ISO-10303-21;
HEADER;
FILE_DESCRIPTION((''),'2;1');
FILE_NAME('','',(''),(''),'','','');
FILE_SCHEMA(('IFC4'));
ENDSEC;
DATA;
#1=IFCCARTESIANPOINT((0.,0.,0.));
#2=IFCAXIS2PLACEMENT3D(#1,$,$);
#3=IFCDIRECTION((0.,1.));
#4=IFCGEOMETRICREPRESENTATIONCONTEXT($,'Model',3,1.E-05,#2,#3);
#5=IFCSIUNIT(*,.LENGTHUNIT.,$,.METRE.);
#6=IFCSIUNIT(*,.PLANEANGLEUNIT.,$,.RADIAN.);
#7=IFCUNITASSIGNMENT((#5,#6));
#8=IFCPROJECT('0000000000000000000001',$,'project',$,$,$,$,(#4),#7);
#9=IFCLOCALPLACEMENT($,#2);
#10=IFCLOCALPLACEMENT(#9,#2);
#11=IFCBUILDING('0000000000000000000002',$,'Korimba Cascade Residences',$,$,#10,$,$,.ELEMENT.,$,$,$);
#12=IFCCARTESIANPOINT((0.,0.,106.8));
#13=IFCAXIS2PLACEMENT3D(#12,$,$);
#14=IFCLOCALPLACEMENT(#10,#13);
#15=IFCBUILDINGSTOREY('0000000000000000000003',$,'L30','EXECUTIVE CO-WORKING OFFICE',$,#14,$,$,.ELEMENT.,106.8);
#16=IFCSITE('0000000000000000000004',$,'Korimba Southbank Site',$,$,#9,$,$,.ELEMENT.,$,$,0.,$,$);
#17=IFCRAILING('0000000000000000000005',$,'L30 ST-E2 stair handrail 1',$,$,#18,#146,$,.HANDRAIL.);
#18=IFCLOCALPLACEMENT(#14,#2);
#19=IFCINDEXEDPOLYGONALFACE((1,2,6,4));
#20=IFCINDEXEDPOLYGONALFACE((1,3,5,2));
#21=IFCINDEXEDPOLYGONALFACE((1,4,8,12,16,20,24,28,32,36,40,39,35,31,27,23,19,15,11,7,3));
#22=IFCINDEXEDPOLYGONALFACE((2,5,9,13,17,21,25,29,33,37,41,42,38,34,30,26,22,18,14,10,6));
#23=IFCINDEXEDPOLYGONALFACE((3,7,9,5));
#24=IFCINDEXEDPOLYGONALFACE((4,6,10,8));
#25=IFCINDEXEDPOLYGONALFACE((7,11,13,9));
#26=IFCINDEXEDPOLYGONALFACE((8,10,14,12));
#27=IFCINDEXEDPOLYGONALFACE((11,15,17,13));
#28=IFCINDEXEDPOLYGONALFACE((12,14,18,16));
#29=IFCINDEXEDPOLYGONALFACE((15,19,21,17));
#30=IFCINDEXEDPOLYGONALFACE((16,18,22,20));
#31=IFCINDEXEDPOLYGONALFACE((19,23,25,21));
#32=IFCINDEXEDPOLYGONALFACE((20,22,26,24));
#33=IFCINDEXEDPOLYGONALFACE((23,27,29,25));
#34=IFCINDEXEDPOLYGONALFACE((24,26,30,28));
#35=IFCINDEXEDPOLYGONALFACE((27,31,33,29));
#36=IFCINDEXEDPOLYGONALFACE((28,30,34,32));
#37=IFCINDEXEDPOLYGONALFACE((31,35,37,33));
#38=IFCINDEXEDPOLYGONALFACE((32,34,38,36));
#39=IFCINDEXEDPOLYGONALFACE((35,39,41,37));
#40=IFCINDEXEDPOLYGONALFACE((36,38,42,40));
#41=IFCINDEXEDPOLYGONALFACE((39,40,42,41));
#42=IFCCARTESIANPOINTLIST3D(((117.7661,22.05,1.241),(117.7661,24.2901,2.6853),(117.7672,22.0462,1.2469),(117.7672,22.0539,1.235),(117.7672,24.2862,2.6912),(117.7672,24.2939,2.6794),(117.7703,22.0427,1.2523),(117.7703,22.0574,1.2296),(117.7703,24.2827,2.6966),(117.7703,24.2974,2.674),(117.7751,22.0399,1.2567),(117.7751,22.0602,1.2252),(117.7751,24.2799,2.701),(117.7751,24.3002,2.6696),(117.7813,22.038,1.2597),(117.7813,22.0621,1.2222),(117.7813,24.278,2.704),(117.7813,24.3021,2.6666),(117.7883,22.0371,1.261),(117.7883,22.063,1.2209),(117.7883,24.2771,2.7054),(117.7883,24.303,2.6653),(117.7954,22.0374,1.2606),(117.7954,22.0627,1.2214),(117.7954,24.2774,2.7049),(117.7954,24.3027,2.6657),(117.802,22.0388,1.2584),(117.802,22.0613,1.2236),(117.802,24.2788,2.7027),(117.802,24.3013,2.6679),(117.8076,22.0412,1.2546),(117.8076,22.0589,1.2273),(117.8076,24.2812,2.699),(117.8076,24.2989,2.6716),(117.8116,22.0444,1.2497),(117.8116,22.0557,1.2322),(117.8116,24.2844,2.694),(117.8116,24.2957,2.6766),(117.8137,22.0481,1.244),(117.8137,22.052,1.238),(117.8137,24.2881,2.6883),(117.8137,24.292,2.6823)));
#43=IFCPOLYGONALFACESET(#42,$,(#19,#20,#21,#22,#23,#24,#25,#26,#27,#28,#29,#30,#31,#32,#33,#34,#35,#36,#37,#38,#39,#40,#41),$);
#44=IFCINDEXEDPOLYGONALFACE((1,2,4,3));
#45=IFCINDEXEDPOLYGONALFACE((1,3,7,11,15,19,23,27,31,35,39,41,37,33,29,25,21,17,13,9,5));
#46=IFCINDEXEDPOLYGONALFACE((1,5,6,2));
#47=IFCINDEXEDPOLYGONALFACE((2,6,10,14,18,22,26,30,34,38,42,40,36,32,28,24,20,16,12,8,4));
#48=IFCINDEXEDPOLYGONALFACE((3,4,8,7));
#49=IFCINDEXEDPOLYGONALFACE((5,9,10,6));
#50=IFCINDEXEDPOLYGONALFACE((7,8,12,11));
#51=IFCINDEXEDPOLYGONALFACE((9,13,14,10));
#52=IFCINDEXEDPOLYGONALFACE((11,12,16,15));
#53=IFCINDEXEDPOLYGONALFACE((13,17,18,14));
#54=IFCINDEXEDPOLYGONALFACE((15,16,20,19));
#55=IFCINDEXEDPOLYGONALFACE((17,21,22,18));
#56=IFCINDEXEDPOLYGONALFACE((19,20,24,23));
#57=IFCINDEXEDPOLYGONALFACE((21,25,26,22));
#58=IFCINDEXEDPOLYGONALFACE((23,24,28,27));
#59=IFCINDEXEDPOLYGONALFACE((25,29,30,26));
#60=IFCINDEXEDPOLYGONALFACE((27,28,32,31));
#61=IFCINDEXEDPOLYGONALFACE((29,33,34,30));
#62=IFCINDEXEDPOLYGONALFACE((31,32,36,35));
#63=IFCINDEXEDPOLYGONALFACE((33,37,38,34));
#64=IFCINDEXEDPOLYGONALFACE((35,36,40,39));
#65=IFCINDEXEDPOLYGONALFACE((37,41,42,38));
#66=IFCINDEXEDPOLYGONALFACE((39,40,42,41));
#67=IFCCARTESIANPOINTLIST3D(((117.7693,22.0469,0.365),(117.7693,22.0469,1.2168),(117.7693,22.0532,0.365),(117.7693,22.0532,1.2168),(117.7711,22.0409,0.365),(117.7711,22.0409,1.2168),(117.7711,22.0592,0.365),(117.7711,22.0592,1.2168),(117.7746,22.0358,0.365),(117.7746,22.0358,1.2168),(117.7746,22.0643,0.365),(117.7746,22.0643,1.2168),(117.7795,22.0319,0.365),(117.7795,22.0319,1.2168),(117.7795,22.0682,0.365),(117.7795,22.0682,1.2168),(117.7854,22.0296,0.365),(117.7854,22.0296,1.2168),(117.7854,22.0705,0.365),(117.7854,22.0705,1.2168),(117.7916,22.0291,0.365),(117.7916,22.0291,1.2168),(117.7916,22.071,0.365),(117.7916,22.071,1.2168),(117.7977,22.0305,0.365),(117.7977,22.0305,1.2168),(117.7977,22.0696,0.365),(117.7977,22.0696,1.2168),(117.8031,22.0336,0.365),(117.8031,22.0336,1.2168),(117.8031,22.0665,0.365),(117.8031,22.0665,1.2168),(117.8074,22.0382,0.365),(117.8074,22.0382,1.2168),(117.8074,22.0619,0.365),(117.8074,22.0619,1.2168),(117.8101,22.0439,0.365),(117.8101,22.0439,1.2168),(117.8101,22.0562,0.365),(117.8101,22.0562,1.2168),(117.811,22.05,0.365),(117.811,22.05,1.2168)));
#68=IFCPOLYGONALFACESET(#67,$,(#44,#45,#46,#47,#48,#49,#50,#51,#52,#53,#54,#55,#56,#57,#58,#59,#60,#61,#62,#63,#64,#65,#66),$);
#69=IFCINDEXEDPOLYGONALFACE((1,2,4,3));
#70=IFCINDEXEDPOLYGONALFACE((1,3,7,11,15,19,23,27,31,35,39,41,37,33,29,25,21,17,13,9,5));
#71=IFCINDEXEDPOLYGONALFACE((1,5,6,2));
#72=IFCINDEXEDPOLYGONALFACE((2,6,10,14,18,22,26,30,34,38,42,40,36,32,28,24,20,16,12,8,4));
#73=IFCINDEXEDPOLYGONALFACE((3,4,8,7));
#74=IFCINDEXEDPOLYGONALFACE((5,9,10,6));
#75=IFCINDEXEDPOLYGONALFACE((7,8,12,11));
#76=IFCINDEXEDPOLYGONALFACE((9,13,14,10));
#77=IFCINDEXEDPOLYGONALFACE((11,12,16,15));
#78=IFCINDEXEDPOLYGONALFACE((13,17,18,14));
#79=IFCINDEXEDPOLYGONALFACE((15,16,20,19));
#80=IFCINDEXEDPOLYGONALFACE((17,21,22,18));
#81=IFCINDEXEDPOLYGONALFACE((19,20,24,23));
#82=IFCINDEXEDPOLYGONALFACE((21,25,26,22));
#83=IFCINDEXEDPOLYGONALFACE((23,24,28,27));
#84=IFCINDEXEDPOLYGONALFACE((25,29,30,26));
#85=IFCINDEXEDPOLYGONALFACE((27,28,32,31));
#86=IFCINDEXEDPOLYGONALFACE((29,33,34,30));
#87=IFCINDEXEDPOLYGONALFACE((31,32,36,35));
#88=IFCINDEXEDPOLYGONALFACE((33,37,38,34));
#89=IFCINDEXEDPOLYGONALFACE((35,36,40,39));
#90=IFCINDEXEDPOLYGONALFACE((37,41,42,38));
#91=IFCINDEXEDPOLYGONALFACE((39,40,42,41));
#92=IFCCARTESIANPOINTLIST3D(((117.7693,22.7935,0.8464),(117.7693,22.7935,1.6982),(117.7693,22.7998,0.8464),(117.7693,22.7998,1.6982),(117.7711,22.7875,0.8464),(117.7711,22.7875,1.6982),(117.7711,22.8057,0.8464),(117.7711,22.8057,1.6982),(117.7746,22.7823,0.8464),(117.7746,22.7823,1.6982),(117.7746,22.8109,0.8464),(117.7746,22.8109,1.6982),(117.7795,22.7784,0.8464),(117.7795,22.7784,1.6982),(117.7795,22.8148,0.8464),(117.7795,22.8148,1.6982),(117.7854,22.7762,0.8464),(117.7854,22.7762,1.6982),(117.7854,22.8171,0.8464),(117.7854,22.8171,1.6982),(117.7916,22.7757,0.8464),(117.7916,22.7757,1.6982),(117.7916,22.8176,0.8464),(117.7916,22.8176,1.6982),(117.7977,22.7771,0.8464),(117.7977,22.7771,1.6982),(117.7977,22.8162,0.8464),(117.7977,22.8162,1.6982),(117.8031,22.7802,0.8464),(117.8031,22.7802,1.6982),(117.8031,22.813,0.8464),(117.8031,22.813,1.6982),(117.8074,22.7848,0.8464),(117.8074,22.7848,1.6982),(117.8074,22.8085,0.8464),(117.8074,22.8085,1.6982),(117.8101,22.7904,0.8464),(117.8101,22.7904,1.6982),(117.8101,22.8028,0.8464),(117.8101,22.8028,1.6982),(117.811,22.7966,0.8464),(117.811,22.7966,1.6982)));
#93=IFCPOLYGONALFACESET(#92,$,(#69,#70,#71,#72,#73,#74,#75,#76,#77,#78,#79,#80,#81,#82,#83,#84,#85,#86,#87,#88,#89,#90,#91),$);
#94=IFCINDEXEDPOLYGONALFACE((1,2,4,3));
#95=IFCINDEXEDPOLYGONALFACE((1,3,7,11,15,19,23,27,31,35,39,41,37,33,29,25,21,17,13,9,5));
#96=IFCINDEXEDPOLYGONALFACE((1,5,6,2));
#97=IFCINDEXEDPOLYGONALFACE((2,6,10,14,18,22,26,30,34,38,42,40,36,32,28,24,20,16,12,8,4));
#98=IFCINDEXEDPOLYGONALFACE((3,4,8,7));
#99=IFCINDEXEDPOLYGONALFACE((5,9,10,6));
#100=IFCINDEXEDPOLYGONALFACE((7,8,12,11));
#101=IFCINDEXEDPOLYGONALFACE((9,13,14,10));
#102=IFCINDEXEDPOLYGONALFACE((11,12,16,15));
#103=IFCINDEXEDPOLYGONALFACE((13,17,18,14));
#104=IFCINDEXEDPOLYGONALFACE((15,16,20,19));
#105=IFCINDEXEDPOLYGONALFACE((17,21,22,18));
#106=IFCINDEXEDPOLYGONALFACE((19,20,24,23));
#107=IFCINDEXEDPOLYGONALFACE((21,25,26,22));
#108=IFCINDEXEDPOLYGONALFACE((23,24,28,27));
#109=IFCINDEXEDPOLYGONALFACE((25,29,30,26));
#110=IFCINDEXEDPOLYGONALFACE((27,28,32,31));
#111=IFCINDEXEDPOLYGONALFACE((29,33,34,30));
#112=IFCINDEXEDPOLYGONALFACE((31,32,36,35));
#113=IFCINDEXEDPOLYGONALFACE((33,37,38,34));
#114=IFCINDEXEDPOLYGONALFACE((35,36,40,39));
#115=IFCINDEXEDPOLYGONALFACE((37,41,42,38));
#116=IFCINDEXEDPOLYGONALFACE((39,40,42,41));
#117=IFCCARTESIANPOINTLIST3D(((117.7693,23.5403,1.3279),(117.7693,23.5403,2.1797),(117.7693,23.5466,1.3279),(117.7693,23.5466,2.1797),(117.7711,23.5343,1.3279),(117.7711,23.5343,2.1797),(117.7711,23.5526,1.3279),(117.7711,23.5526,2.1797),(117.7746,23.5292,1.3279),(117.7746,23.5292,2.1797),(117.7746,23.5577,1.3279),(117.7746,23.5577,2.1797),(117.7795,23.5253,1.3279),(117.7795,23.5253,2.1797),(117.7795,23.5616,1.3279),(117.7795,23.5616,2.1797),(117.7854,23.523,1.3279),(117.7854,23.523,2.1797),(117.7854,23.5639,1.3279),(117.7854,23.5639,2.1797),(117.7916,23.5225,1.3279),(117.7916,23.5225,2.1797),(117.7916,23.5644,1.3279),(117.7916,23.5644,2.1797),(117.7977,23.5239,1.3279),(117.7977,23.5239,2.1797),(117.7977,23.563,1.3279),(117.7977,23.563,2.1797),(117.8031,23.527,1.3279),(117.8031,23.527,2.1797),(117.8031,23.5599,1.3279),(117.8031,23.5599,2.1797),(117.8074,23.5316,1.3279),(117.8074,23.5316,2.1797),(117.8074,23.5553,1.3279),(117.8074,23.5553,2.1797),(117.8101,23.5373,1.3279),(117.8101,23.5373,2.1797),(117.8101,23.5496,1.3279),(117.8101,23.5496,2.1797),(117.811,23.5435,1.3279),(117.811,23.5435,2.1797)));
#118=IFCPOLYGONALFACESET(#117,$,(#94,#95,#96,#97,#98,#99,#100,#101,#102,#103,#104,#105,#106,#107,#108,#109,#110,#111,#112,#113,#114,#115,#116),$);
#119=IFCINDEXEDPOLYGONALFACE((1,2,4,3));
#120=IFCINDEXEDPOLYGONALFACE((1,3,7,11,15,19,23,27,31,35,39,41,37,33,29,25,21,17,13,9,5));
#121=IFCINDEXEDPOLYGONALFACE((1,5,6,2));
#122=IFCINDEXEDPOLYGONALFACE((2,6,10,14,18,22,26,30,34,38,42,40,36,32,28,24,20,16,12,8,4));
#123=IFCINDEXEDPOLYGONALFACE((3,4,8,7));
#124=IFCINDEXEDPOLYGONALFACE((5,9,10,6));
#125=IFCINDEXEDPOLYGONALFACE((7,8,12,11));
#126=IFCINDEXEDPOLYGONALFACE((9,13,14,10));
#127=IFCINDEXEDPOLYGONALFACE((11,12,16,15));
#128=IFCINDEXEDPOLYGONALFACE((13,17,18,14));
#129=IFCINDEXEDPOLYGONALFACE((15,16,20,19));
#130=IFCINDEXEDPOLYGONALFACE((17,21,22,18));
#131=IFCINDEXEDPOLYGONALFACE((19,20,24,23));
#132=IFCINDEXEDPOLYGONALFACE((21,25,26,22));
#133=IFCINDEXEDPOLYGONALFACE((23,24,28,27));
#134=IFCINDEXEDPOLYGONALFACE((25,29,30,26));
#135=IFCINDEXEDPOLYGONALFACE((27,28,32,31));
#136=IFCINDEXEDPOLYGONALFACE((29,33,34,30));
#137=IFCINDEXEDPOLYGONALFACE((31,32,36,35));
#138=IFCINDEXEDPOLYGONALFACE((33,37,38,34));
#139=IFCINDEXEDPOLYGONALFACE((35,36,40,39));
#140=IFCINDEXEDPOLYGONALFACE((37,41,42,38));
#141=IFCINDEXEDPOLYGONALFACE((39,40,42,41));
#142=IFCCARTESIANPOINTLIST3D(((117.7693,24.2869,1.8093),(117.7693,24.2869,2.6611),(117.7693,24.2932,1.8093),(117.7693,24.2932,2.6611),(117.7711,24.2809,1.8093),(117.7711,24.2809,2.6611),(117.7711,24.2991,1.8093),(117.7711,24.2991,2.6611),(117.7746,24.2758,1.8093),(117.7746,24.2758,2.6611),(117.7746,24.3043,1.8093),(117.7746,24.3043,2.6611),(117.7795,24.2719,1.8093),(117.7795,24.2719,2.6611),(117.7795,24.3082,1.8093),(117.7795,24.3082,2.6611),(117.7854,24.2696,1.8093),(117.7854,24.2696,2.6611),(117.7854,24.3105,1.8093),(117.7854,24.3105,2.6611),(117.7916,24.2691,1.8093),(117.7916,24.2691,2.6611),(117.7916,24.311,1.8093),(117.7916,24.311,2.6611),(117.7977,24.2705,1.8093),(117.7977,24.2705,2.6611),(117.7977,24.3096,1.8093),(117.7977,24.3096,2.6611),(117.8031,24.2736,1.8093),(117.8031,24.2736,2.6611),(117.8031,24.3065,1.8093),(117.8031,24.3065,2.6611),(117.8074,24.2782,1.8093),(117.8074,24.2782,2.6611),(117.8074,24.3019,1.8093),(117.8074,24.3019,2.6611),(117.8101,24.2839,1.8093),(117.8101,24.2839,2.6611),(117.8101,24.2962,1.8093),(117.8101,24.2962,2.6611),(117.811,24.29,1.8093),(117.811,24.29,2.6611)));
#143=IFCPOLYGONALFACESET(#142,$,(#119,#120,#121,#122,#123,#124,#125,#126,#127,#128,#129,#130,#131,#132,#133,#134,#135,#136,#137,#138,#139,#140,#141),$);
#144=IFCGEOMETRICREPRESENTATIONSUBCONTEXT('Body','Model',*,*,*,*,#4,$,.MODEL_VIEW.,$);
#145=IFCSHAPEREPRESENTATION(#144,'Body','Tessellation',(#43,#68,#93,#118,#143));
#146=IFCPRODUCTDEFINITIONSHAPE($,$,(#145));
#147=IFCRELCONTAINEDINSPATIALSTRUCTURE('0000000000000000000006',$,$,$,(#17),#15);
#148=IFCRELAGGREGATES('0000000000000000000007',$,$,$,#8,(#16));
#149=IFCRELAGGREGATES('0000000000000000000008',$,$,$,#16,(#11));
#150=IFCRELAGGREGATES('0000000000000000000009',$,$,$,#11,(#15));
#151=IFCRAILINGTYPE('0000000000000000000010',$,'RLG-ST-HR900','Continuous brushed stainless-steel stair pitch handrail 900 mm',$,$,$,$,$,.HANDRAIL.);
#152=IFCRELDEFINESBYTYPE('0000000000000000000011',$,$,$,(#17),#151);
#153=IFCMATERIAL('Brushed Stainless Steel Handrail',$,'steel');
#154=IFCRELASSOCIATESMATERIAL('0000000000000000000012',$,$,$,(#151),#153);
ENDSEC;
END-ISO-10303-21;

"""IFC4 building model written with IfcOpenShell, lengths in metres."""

from ifc_helpers import new_model, si_unit, direction, frame, origin, origin_2d, place, context, subcontext, project, spatial, circle, extrude, material, type_object, element, save


model = new_model("IFC4")

# Units and contexts
model_context = context("Model", 3, precision=1e-05, world=origin(), true_north=direction((0.0, 1.0)))
body_context = subcontext(model_context, "Body", "Model", "MODEL_VIEW")
ifc_project = project(units=[si_unit("LENGTHUNIT", "METRE"), si_unit("PLANEANGLEUNIT", "RADIAN")], contexts=[model_context])

# Site, building, storey
site_placement = place(None, origin())
site = spatial("IfcSite", under=ifc_project, at=site_placement, Name="Korimba Southbank Site", CompositionType="ELEMENT", RefElevation=0.0)
building_placement = place(site_placement, origin())
building = spatial("IfcBuilding", under=site, at=building_placement, Name="Korimba Cascade Residences", CompositionType="ELEMENT")
storey_placement = place(building_placement, frame((0.0, 0.0, 106.8)))
storey = spatial("IfcBuildingStorey", under=building, at=storey_placement, Name="L30", Description="EXECUTIVE CO-WORKING OFFICE", CompositionType="ELEMENT", Elevation=106.8)

# Railing
ifc_material_1 = material(Name="Brushed Stainless Steel Handrail", Category="steel")
railing_type_1 = type_object("IfcRailingType", Name="RLG-ST-HR900", Description="Continuous brushed stainless-steel stair pitch handrail 900 mm", PredefinedType="HANDRAIL", material=ifc_material_1)
railing_1_placement = place(storey_placement, frame((117.79, 22.05, 0.365)))
element("IfcRailing", 1, at=railing_1_placement, inside=storey, type_object=railing_type_1, Name="L30 ST-E2 stair handrail 1", PredefinedType="HANDRAIL", context=body_context, shape_type="SweptSolid", body=[
    extrude(circle(Radius=0.0239, at=origin_2d()), frame((0.0, 0.0, 0.876), z_axis=(0.0, 0.840437, 0.54191), x_axis=(-1.0, 0.0, 0.0)), (0.0, 0.0, 1.0), 2.6653),
    extrude(circle(Radius=0.021, at=origin_2d()), origin(), (0.0, 0.0, 1.0), 0.8518),
    extrude(circle(Radius=0.021, at=origin_2d()), frame((0.0, 0.7466, 0.4814)), (0.0, 0.0, 1.0), 0.8518),
    extrude(circle(Radius=0.021, at=origin_2d()), frame((0.0, 1.4934, 0.9629)), (0.0, 0.0, 1.0), 0.8518),
    extrude(circle(Radius=0.021, at=origin_2d()), frame((0.0, 2.24, 1.4443)), (0.0, 0.0, 1.0), 0.8518),
])

save(model, "model.ifc")
